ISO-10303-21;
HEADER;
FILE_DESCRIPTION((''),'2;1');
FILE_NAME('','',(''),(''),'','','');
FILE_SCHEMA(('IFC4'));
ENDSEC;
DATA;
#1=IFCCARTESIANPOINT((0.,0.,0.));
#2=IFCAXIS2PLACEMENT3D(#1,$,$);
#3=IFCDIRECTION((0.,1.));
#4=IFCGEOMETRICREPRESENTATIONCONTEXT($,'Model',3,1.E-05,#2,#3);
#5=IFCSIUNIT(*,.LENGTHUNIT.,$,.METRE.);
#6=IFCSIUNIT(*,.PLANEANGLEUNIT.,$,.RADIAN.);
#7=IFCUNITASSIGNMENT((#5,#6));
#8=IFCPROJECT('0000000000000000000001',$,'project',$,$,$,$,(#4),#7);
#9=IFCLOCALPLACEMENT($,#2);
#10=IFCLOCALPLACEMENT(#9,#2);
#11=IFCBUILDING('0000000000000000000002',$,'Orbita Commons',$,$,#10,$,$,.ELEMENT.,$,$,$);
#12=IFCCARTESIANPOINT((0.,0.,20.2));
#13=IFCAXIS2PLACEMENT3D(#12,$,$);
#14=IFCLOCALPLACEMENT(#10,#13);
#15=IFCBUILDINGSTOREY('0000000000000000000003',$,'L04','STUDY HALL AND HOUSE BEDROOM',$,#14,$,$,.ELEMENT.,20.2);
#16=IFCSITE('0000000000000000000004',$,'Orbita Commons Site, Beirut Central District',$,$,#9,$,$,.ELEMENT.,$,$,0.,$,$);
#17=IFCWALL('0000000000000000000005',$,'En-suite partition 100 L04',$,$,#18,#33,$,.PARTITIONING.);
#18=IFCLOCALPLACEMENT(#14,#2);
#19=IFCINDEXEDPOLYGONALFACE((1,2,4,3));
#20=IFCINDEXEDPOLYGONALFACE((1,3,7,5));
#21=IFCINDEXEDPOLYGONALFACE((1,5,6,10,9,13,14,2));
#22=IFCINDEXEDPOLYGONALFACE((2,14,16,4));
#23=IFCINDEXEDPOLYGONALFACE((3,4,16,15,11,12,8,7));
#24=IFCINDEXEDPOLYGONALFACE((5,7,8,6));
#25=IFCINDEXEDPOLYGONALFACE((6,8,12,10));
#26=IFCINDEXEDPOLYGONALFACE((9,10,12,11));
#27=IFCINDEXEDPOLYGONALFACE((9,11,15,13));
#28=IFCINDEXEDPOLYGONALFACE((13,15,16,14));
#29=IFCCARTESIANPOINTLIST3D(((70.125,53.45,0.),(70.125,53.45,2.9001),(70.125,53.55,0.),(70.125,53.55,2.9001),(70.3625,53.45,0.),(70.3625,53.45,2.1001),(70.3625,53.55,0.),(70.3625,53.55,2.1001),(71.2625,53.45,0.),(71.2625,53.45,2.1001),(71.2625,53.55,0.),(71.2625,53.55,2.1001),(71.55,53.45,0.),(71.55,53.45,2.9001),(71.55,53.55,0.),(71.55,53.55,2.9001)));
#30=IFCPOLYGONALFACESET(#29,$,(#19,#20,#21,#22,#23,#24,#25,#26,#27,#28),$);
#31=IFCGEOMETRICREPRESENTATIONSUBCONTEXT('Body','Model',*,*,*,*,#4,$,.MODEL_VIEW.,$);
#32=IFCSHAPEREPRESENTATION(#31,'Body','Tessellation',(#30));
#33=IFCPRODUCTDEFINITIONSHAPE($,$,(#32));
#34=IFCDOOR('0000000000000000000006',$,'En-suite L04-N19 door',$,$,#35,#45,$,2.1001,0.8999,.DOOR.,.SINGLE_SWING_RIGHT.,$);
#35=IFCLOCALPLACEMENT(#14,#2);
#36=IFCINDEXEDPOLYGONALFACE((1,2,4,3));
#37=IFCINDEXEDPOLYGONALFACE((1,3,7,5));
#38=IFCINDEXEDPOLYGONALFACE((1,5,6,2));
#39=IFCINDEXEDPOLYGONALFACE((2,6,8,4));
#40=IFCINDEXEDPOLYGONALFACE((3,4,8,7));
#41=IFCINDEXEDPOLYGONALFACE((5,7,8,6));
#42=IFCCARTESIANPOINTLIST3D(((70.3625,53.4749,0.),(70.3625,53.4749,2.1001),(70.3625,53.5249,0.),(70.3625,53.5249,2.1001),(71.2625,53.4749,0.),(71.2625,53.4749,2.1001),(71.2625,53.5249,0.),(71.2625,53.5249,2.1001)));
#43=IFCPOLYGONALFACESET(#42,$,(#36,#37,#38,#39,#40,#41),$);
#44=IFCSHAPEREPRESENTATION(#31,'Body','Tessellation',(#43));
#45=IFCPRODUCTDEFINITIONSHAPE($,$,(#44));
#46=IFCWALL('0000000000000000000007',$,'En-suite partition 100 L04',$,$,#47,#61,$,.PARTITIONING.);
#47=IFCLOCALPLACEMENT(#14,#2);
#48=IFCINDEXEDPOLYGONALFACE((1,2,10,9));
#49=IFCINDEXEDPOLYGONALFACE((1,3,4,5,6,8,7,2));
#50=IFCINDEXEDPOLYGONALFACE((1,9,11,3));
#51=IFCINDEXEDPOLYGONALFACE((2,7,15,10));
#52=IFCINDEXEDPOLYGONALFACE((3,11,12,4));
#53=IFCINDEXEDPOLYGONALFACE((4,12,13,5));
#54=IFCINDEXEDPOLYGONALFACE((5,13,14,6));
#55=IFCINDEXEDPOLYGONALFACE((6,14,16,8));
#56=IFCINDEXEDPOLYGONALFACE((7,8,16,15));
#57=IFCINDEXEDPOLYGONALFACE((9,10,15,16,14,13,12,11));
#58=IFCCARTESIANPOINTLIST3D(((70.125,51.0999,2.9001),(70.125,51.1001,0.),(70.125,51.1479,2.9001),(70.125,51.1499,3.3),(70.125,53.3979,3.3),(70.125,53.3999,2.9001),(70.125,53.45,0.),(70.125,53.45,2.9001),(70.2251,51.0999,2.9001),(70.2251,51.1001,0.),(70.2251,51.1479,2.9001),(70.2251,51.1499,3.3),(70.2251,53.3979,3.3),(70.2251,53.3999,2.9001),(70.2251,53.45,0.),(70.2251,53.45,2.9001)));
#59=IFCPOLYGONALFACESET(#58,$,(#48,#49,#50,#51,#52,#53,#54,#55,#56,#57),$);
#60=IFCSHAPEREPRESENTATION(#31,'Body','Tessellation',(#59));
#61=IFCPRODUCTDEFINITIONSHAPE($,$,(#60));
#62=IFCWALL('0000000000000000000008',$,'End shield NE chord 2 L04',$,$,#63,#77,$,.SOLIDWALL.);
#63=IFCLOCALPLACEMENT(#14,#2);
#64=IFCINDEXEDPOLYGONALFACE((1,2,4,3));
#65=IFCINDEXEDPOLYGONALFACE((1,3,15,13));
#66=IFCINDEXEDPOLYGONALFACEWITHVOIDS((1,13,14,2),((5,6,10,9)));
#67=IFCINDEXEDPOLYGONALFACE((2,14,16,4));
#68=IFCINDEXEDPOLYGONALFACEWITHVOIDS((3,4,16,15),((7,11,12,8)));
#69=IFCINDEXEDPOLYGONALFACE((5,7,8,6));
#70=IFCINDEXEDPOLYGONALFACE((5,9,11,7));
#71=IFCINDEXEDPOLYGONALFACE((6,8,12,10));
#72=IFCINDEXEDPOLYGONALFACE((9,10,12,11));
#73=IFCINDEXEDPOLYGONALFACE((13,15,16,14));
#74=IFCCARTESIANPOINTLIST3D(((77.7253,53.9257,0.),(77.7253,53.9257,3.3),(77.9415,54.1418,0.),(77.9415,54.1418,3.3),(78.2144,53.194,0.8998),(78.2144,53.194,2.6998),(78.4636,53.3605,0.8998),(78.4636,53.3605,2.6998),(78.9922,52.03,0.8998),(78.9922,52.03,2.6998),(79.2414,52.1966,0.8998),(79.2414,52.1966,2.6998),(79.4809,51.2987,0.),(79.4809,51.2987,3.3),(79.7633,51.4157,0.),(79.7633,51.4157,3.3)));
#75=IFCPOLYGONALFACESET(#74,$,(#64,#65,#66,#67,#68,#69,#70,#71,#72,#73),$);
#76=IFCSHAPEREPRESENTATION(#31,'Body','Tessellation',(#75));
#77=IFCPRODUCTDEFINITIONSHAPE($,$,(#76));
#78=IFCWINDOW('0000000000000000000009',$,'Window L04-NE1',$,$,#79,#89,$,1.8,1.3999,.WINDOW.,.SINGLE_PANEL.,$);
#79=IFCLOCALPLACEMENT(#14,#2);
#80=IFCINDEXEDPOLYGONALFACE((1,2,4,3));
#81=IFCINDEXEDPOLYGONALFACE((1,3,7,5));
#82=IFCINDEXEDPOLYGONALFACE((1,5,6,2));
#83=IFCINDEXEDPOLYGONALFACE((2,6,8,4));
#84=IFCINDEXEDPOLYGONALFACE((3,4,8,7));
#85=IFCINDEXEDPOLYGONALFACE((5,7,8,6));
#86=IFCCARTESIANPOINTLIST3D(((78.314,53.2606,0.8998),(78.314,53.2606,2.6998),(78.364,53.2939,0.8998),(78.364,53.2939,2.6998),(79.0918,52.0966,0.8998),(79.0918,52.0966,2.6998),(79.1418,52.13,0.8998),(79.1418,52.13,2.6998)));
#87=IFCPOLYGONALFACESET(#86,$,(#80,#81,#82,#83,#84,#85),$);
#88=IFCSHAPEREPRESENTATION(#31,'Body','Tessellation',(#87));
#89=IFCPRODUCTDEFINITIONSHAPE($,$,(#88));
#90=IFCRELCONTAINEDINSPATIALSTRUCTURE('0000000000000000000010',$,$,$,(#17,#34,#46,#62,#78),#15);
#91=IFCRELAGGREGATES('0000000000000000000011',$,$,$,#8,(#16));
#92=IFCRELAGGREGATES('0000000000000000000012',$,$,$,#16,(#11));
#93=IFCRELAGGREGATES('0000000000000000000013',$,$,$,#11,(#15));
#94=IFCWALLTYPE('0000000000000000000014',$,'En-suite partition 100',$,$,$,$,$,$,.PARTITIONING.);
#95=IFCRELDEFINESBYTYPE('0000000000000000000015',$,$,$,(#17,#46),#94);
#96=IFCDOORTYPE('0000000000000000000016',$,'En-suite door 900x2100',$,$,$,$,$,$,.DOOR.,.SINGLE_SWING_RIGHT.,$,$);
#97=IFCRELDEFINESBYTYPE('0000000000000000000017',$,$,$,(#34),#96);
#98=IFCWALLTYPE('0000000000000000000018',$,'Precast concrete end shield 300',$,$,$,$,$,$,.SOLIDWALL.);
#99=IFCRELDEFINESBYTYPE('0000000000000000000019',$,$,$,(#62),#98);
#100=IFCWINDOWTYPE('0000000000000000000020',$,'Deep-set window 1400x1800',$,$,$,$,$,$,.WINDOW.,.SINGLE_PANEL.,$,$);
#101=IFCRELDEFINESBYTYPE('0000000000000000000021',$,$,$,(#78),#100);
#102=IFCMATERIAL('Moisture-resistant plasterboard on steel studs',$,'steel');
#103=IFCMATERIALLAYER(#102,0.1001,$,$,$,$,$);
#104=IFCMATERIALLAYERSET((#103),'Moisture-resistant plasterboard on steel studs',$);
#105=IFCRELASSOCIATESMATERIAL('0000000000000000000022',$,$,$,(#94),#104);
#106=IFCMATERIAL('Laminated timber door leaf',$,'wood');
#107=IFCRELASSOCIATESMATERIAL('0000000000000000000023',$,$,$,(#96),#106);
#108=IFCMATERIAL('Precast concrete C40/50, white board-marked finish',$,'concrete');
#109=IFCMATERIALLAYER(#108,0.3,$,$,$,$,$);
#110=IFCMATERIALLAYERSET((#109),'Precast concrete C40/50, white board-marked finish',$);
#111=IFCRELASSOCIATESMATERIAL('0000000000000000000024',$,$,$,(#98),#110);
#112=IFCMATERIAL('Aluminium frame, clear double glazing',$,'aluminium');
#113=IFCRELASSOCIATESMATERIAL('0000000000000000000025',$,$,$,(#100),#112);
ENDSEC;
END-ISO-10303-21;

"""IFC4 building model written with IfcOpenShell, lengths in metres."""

from ifc_helpers import new_model, si_unit, direction, frame, frame_2d, origin, place, context, subcontext, project, spatial, polyline, rectangle, outline, extrude, material, layer, layer_set, type_object, element, fill, save


model = new_model("IFC4")

# Units and contexts
model_context = context("Model", 3, precision=1e-05, world=origin(), true_north=direction((0.0, 1.0)))
body_context = subcontext(model_context, "Body", "Model", "MODEL_VIEW")
ifc_project = project(units=[si_unit("LENGTHUNIT", "METRE"), si_unit("PLANEANGLEUNIT", "RADIAN")], contexts=[model_context])

# Site, building, storey
site_placement = place(None, origin())
site = spatial("IfcSite", under=ifc_project, at=site_placement, Name="Orbita Commons Site, Beirut Central District", CompositionType="ELEMENT", RefElevation=0.0)
building_placement = place(site_placement, origin())
building = spatial("IfcBuilding", under=site, at=building_placement, Name="Orbita Commons", CompositionType="ELEMENT")
storey_placement = place(building_placement, frame((0.0, 0.0, 20.2)))
storey = spatial("IfcBuildingStorey", under=building, at=storey_placement, Name="L04", Description="STUDY HALL AND HOUSE BEDROOM", CompositionType="ELEMENT", Elevation=20.2)

# Shared definitions
ifc_material_1 = material(Name="Moisture-resistant plasterboard on steel studs", Category="steel")
ifc_layer_1 = layer(ifc_material_1, 0.1001)
ifc_layer_set_1 = layer_set([ifc_layer_1], Name="Moisture-resistant plasterboard on steel studs")
wall_type_1 = type_object("IfcWallType", Name="En-suite partition 100", PredefinedType="PARTITIONING", material=ifc_layer_set_1)
ifc_material_2 = material(Name="Laminated timber door leaf", Category="wood")
door_type_1 = type_object("IfcDoorType", Name="En-suite door 900x2100", OperationType="SINGLE_SWING_RIGHT", PredefinedType="DOOR", material=ifc_material_2)

# Wall, opening, door
wall_1_placement = place(storey_placement, frame((70.125, 53.5, 0.0), z_axis=(0.0, 0.0, 1.0), x_axis=(1.0, 0.0, 0.0)))
wall_1 = element("IfcWall", 1, at=wall_1_placement, inside=storey, type_object=wall_type_1, Name="En-suite partition 100 L04", PredefinedType="PARTITIONING", context=body_context, shape_type="SweptSolid", body=[
    extrude(outline(polyline([(0.0, 0.0), (1.425, 0.0), (1.425, 2.9001), (0.0, 2.9001), (0.0, 0.0)])), frame((0.0, 0.05, 0.0), z_axis=(0.0, -1.0, 0.0), x_axis=(1.0, 0.0, 0.0)), (0.0, 0.0, 1.0), 0.1001),
])
opening_1_placement = place(wall_1_placement, frame((0.2375, 0.0, 0.0)))
opening_1 = element("IfcOpeningElement", 2, at=opening_1_placement, cuts=wall_1, PredefinedType="OPENING", context=body_context, shape_type="SweptSolid", body=[
    extrude(rectangle(XDim=0.8999, YDim=2.1001, at=frame_2d((0.45, 1.05))), frame((0.0, 0.0601, 0.0), z_axis=(0.0, -1.0, 0.0), x_axis=(1.0, 0.0, 0.0)), (0.0, 0.0, 1.0), 0.1201),
])
door_1_placement = place(opening_1_placement, origin())
door_1 = element("IfcDoor", 3, at=door_1_placement, inside=storey, type_object=door_type_1, Name="En-suite L04-N19 door", OperationType="SINGLE_SWING_RIGHT", OverallHeight=2.1001, OverallWidth=0.8999, PredefinedType="DOOR", context=body_context, shape_type="SweptSolid", body=[
    extrude(rectangle(XDim=0.8999, YDim=2.1001, at=frame_2d((0.45, 1.05))), frame((0.0, 0.0249, 0.0), z_axis=(0.0, -1.0, 0.0), x_axis=(1.0, 0.0, 0.0)), (0.0, 0.0, 1.0), 0.05),
])
fill(opening_1, door_1)

# Wall
wall_2_placement = place(storey_placement, frame((70.175, 53.45, 0.0), z_axis=(0.0, 0.0, 1.0), x_axis=(0.0, -1.0, 0.0)))
element("IfcWall", 4, at=wall_2_placement, inside=storey, type_object=wall_type_1, Name="En-suite partition 100 L04", PredefinedType="PARTITIONING", context=body_context, shape_type="SweptSolid", body=[
    extrude(outline(polyline([(0.0, 0.0), (2.3499, 0.0), (2.3501, 2.9001), (2.302, 2.9001), (2.3, 3.3), (0.052, 3.3), (0.05, 2.9001), (0.0, 2.9001), (0.0, 0.0)])), frame((0.0, 0.05, 0.0), z_axis=(0.0, -1.0, 0.0), x_axis=(1.0, 0.0, 0.0)), (0.0, 0.0, 1.0), 0.1001),
])

# Wall, opening, window
ifc_material_3 = material(Name="Precast concrete C40/50, white board-marked finish", Category="concrete")
ifc_layer_2 = layer(ifc_material_3, 0.3)
ifc_layer_set_2 = layer_set([ifc_layer_2], Name="Precast concrete C40/50, white board-marked finish")
wall_type_2 = type_object("IfcWallType", Name="Precast concrete end shield 300", PredefinedType="SOLIDWALL", material=ifc_layer_set_2)
wall_3_placement = place(storey_placement, frame((79.6221, 51.3572, 0.0), z_axis=(0.0, 0.0, 1.0), x_axis=(-0.55561, 0.831443, 0.0)))
wall_3 = element("IfcWall", 5, at=wall_3_placement, inside=storey, type_object=wall_type_2, Name="End shield NE chord 2 L04", PredefinedType="SOLIDWALL", context=body_context, shape_type="SweptSolid", body=[
    extrude(outline(polyline([(-0.0298, -0.1499), (3.249, -0.1499), (3.1895, 0.1499), (0.0298, 0.1499), (-0.0298, -0.1499)])), origin(), (0.0, 0.0, 1.0), 3.3),
])
opening_2_placement = place(wall_3_placement, frame((0.9094, 0.0, 0.8999)))
opening_2 = element("IfcOpeningElement", 6, at=opening_2_placement, cuts=wall_3, PredefinedType="OPENING", context=body_context, shape_type="SweptSolid", body=[
    extrude(rectangle(XDim=1.3999, YDim=1.8, at=frame_2d((0.7, 0.8999))), frame((0.0, 0.1599, 0.0), z_axis=(0.0, -1.0, 0.0), x_axis=(1.0, 0.0, 0.0)), (0.0, 0.0, 1.0), 0.3201),
])
ifc_material_4 = material(Name="Aluminium frame, clear double glazing", Category="aluminium")
window_type = type_object("IfcWindowType", Name="Deep-set window 1400x1800", PartitioningType="SINGLE_PANEL", PredefinedType="WINDOW", material=ifc_material_4)
window_placement = place(opening_2_placement, origin())
window = element("IfcWindow", 7, at=window_placement, inside=storey, type_object=window_type, Name="Window L04-NE1", OverallHeight=1.8, OverallWidth=1.3999, PartitioningType="SINGLE_PANEL", PredefinedType="WINDOW", context=body_context, shape_type="SweptSolid", body=[
    extrude(rectangle(XDim=1.3999, YDim=1.8, at=frame_2d((0.7, 0.8999))), frame((0.0, 0.03, 0.0), z_axis=(0.0, -1.0, 0.0), x_axis=(1.0, 0.0, 0.0)), (0.0, 0.0, 1.0), 0.0601),
])
fill(opening_2, window)

save(model, "model.ifc")
